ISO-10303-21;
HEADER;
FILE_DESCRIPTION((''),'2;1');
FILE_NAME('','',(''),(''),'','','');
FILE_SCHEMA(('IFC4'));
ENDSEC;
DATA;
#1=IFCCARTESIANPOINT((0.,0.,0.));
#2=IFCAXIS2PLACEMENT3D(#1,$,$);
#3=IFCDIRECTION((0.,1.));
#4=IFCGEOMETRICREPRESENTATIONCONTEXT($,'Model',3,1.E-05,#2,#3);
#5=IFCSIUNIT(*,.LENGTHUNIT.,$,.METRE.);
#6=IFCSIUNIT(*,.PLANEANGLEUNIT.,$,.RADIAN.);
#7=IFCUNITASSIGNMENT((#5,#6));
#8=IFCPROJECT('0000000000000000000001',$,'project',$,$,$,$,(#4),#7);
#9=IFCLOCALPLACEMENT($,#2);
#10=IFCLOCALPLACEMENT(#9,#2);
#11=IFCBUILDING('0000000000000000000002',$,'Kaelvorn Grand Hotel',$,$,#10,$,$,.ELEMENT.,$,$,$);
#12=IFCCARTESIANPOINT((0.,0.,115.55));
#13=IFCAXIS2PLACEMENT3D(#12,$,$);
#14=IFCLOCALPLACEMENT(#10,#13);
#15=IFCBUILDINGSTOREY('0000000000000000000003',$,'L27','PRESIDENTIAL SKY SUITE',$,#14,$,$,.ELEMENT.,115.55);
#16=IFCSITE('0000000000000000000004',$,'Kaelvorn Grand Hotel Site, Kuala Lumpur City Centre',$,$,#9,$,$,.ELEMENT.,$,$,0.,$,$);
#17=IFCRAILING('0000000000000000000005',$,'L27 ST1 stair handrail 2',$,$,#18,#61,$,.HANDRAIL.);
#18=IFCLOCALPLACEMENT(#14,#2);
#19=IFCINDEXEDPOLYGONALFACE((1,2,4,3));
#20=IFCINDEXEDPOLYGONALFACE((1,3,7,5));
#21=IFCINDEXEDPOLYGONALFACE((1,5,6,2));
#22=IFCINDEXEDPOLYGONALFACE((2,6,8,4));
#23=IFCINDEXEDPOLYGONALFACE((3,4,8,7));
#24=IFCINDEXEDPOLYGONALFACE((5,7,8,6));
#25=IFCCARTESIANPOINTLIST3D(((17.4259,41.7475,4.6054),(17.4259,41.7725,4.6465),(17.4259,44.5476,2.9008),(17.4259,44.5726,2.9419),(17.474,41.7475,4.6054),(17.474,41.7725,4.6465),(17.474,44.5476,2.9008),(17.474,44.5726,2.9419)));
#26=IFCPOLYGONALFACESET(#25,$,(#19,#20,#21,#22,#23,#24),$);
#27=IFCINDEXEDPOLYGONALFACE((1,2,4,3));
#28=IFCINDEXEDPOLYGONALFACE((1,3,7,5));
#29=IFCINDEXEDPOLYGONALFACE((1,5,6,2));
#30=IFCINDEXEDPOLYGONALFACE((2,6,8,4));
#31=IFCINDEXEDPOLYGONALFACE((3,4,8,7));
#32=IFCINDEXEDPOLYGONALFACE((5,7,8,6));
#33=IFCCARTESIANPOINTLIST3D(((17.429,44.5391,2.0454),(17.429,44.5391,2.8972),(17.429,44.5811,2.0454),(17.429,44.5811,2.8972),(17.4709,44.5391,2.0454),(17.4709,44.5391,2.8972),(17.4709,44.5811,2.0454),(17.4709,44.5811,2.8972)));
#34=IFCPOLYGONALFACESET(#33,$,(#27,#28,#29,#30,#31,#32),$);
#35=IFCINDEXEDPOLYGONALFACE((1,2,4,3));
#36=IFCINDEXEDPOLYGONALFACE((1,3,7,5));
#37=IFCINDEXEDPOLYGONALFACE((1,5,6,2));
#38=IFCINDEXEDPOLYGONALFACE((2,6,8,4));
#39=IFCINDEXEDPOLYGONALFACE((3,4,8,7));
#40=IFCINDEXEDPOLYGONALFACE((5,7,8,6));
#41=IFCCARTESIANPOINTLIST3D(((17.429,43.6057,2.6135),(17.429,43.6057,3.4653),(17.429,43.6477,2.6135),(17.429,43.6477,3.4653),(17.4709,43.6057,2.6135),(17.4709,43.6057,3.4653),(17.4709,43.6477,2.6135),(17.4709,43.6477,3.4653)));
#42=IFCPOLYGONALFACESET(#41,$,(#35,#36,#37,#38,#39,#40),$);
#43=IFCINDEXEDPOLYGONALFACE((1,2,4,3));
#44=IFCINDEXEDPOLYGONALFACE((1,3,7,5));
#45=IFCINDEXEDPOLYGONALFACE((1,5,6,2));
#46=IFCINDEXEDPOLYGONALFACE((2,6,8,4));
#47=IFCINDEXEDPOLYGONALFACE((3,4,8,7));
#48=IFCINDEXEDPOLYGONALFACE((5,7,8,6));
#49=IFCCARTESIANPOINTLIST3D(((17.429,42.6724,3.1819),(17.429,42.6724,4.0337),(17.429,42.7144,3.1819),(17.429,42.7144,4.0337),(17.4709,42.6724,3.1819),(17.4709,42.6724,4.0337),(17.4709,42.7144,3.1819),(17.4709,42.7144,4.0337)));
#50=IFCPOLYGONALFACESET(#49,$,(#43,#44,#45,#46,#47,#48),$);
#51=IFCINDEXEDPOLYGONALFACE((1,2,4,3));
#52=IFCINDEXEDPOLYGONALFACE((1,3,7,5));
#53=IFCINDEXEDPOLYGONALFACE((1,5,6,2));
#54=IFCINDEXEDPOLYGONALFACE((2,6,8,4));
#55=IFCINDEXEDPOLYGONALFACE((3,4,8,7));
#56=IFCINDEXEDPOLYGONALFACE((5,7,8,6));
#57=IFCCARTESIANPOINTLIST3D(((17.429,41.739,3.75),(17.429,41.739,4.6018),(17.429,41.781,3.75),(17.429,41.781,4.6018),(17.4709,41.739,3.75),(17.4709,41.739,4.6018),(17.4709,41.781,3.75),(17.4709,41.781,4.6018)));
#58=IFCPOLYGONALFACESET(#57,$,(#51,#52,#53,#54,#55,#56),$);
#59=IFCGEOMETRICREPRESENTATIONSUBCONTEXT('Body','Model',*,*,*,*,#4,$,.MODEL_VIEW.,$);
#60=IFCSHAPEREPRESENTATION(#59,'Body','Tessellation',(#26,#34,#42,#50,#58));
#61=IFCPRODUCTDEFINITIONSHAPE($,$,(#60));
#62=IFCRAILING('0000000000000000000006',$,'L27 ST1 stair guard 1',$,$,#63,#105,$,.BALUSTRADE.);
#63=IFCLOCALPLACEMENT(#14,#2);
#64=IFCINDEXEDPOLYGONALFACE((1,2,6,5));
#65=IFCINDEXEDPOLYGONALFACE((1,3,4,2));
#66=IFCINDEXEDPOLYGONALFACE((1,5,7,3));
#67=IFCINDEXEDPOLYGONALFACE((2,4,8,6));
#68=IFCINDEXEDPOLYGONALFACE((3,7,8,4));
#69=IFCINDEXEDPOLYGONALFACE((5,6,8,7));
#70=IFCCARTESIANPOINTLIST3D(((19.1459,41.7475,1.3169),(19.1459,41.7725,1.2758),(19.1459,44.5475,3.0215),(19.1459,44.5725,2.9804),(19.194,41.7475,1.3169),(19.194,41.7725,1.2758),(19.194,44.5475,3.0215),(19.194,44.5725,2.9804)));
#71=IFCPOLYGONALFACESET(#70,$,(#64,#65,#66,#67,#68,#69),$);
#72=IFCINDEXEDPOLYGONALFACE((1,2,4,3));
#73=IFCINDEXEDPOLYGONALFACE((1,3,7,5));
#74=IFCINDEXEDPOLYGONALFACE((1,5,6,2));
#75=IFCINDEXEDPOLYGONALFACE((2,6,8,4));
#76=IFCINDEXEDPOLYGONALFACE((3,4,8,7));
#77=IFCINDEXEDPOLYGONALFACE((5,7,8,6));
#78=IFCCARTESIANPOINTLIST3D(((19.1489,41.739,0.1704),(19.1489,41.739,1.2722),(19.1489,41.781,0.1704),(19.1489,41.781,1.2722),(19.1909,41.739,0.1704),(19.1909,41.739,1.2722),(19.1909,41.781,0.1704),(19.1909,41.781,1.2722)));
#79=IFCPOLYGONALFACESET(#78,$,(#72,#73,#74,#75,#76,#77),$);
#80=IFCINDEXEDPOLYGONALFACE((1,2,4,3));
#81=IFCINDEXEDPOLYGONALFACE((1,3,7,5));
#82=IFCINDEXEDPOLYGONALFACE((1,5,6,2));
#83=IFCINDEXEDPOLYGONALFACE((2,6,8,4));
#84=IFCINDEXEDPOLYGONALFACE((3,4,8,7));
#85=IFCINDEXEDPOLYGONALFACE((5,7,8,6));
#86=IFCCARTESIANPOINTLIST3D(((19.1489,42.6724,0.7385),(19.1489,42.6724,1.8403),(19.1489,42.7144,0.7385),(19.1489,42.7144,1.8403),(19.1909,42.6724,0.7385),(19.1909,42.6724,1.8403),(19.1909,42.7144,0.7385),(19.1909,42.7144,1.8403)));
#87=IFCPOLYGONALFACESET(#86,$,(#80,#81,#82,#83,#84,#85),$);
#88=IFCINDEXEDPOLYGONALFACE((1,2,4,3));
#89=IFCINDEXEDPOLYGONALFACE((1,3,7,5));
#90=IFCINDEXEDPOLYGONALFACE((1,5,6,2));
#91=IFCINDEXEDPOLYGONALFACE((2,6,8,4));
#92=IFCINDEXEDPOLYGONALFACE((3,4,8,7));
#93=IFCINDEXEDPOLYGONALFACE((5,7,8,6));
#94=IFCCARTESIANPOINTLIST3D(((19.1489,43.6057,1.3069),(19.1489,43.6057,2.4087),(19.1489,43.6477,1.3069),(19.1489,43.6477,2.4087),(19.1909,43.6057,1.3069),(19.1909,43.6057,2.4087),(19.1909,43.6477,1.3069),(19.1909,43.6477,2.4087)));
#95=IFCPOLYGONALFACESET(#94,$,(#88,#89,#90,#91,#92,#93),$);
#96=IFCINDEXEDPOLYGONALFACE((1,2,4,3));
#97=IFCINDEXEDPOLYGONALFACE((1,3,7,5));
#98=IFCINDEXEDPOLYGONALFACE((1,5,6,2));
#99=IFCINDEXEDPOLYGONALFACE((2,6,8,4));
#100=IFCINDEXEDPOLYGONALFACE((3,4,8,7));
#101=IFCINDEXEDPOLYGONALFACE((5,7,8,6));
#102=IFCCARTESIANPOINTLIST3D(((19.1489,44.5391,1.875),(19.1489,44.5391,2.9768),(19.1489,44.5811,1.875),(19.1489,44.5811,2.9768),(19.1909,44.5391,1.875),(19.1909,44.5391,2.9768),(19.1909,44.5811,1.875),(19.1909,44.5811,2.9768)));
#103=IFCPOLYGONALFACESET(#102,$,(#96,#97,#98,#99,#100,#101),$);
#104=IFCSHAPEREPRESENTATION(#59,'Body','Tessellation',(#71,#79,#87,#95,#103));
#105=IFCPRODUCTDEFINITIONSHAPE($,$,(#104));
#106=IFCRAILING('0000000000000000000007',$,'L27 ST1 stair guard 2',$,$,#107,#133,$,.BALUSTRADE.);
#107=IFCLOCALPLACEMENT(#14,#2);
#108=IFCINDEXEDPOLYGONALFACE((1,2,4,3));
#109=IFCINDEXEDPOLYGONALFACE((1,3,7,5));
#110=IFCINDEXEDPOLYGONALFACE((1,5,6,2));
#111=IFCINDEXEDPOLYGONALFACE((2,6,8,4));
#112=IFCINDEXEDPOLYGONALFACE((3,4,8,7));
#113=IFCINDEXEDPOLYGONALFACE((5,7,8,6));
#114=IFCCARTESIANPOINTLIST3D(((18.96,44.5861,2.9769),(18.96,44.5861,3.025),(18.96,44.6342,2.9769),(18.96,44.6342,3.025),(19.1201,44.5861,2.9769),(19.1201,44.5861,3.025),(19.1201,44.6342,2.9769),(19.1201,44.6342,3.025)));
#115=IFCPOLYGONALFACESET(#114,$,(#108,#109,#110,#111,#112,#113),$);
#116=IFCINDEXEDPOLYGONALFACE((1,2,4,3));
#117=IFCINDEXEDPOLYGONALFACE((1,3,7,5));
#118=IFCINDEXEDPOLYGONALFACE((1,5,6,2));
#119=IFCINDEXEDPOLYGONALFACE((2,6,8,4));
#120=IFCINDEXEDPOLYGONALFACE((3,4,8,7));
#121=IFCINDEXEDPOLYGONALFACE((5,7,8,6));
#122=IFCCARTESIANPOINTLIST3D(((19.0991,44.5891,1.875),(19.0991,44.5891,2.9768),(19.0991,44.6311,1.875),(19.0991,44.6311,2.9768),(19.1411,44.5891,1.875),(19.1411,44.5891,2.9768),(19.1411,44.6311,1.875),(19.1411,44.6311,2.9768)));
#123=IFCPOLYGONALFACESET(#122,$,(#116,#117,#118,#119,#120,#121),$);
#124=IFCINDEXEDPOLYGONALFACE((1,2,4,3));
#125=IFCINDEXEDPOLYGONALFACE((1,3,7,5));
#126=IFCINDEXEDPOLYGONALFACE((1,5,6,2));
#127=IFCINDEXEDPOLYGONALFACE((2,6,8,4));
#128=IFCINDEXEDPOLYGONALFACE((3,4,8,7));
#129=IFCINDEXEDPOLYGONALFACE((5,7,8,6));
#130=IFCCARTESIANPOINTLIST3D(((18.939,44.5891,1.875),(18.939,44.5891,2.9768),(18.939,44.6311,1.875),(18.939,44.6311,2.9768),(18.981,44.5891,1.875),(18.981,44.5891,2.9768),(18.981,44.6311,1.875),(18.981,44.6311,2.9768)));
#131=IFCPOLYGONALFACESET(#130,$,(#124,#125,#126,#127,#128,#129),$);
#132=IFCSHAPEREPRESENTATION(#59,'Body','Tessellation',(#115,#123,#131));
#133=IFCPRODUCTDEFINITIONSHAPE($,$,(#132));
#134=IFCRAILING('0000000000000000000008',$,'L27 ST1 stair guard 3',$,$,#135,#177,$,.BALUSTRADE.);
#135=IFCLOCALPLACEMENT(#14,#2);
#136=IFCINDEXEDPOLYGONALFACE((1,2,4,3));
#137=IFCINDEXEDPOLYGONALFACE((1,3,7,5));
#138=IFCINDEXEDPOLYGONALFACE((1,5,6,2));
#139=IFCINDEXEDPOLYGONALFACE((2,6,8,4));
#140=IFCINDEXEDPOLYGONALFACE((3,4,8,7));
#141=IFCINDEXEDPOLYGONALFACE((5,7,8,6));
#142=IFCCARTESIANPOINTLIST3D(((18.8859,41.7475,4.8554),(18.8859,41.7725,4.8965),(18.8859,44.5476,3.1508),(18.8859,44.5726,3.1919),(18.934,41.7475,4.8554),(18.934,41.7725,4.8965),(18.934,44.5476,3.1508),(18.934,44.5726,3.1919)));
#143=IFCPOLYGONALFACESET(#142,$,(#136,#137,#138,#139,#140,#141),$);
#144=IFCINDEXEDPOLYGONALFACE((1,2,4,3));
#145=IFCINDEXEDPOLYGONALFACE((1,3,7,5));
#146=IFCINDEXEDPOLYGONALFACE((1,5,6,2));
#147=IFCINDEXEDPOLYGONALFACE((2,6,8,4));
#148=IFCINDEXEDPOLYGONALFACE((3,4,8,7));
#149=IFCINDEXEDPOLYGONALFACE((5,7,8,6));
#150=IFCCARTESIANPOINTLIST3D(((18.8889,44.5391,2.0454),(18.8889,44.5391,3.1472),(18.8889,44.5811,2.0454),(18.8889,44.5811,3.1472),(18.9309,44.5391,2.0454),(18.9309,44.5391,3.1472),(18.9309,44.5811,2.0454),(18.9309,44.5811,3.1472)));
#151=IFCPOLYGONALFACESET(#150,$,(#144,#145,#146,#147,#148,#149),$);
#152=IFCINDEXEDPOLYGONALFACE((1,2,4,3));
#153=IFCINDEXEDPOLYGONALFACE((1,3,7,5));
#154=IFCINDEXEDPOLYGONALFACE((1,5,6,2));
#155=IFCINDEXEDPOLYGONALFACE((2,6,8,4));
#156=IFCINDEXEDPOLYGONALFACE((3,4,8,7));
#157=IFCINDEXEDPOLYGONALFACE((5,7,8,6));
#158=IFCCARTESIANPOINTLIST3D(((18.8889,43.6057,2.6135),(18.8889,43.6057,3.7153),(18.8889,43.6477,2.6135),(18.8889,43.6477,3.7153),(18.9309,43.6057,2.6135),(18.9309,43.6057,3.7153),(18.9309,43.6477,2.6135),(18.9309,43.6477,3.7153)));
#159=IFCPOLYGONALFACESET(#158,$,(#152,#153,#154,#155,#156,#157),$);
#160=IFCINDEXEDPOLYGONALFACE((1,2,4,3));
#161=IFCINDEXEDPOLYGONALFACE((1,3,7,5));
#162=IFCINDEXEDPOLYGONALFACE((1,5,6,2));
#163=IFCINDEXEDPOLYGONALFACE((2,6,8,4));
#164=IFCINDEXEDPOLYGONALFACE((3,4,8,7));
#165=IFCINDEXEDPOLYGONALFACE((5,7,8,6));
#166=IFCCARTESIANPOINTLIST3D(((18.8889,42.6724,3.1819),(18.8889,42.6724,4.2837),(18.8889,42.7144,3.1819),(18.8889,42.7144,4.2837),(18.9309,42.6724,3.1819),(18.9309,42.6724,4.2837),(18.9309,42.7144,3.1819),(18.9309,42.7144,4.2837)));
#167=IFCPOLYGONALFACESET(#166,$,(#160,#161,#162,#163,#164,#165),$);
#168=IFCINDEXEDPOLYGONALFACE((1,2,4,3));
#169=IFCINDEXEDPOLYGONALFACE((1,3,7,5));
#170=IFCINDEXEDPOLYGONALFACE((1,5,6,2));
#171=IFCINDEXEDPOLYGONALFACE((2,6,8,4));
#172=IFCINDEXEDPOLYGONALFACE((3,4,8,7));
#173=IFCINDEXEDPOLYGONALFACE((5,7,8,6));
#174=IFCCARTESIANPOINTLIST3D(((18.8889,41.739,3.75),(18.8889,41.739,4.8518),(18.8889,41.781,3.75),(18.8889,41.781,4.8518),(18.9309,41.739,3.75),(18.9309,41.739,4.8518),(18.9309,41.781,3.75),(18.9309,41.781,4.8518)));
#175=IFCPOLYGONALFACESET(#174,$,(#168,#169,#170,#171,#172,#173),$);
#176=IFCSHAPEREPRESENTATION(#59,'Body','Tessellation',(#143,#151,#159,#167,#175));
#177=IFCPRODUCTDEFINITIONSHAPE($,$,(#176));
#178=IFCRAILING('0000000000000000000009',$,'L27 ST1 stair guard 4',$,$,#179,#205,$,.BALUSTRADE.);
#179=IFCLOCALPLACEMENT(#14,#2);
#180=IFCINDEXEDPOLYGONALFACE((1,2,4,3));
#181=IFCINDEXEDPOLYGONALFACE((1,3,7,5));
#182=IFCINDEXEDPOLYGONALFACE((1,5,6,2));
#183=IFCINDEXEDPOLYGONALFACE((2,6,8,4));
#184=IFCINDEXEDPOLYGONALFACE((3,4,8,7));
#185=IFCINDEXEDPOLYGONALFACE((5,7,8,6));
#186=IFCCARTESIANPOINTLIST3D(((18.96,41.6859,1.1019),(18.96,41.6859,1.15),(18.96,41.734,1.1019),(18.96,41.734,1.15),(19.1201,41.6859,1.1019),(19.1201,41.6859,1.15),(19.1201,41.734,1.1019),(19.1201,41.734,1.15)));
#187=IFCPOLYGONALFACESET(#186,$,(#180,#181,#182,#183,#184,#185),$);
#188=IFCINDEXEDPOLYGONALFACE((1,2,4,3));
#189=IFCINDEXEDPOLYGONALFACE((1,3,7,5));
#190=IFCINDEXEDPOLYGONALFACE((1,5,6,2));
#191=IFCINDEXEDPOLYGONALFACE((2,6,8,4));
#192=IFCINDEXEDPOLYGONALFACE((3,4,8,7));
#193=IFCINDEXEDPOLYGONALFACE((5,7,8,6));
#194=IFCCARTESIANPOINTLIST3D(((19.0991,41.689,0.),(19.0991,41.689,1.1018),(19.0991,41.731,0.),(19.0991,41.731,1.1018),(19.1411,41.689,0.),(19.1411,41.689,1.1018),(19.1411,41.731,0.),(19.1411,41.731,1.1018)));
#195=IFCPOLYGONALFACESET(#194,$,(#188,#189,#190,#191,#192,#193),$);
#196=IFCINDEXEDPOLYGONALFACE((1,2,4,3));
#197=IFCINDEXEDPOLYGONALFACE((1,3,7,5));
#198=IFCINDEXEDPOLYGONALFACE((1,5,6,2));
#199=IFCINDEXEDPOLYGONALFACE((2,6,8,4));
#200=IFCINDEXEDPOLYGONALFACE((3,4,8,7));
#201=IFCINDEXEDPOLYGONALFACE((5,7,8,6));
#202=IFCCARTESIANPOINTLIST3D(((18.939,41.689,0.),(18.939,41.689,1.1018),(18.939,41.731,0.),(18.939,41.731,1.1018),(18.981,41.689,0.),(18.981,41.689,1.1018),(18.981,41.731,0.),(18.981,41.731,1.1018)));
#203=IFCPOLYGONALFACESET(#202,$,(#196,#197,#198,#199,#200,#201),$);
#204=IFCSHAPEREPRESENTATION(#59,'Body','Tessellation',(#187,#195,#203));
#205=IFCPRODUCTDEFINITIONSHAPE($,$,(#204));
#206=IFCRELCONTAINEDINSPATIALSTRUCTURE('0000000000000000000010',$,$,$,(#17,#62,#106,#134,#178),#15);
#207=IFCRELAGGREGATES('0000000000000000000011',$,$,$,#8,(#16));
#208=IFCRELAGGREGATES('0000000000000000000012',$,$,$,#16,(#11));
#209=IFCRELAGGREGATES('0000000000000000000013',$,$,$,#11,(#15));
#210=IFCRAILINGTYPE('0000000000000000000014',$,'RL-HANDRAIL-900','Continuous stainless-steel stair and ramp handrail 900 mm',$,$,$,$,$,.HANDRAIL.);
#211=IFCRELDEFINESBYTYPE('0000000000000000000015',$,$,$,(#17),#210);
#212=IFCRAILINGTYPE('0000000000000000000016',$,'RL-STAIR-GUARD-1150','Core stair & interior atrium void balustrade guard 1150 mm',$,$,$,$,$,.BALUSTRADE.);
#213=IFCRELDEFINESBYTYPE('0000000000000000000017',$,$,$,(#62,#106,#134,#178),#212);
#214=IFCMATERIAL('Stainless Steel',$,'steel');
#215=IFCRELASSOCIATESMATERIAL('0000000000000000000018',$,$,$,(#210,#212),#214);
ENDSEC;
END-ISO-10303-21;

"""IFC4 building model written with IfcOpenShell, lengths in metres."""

from ifc_helpers import new_model, si_unit, direction, frame, origin, origin_2d, place, context, subcontext, project, spatial, rectangle, extrude, material, type_object, element, save


model = new_model("IFC4")

# Units and contexts
model_context = context("Model", 3, precision=1e-05, world=origin(), true_north=direction((0.0, 1.0)))
body_context = subcontext(model_context, "Body", "Model", "MODEL_VIEW")
ifc_project = project(units=[si_unit("LENGTHUNIT", "METRE"), si_unit("PLANEANGLEUNIT", "RADIAN")], contexts=[model_context])

# Site, building, storey
site_placement = place(None, origin())
site = spatial("IfcSite", under=ifc_project, at=site_placement, Name="Kaelvorn Grand Hotel Site, Kuala Lumpur City Centre", CompositionType="ELEMENT", RefElevation=0.0)
building_placement = place(site_placement, origin())
building = spatial("IfcBuilding", under=site, at=building_placement, Name="Kaelvorn Grand Hotel", CompositionType="ELEMENT")
storey_placement = place(building_placement, frame((0.0, 0.0, 115.55)))
storey = spatial("IfcBuildingStorey", under=building, at=storey_placement, Name="L27", Description="PRESIDENTIAL SKY SUITE", CompositionType="ELEMENT", Elevation=115.55)

# Shared definitions
ifc_material_1 = material(Name="Stainless Steel", Category="steel")

# Railings
railing_type_1 = type_object("IfcRailingType", Name="RL-HANDRAIL-900", Description="Continuous stainless-steel stair and ramp handrail 900 mm", PredefinedType="HANDRAIL", material=ifc_material_1)
railing_1_placement = place(storey_placement, frame((17.45, 44.5601, 2.0454)))
element("IfcRailing", 1, at=railing_1_placement, inside=storey, type_object=railing_type_1, Name="L27 ST1 stair handrail 2", PredefinedType="HANDRAIL", context=body_context, shape_type="SweptSolid", body=[
    extrude(rectangle(XDim=0.0481, YDim=0.0481, at=origin_2d()), frame((0.0, 0.0, 0.876), z_axis=(0.0, -0.85417, 0.519994), x_axis=(1.0, 0.0, 0.0)), (0.0, 0.0, 1.0), 3.2781),
    extrude(rectangle(XDim=0.042, YDim=0.042, at=origin_2d()), origin(), (0.0, 0.0, 1.0), 0.8518),
    extrude(rectangle(XDim=0.042, YDim=0.042, at=origin_2d()), frame((0.0, -0.9333, 0.5681)), (0.0, 0.0, 1.0), 0.8518),
    extrude(rectangle(XDim=0.042, YDim=0.042, at=origin_2d()), frame((0.0, -1.8667, 1.1365)), (0.0, 0.0, 1.0), 0.8518),
    extrude(rectangle(XDim=0.042, YDim=0.042, at=origin_2d()), frame((0.0, -2.8, 1.7046)), (0.0, 0.0, 1.0), 0.8518),
])
railing_type_2 = type_object("IfcRailingType", Name="RL-STAIR-GUARD-1150", Description="Core stair & interior atrium void balustrade guard 1150 mm", PredefinedType="BALUSTRADE", material=ifc_material_1)
railing_2_placement = place(storey_placement, frame((19.1699, 41.76, 0.1704)))
element("IfcRailing", 2, at=railing_2_placement, inside=storey, type_object=railing_type_2, Name="L27 ST1 stair guard 1", PredefinedType="BALUSTRADE", context=body_context, shape_type="SweptSolid", body=[
    extrude(rectangle(XDim=0.0481, YDim=0.0481, at=origin_2d()), frame((0.0, 0.0, 1.126), z_axis=(0.0, 0.85417, 0.519994), x_axis=(-1.0, 0.0, 0.0)), (0.0, 0.0, 1.0), 3.2781),
    extrude(rectangle(XDim=0.042, YDim=0.042, at=origin_2d()), origin(), (0.0, 0.0, 1.0), 1.1018),
    extrude(rectangle(XDim=0.042, YDim=0.042, at=origin_2d()), frame((0.0, 0.9333, 0.5681)), (0.0, 0.0, 1.0), 1.1018),
    extrude(rectangle(XDim=0.042, YDim=0.042, at=origin_2d()), frame((0.0, 1.8667, 1.1365)), (0.0, 0.0, 1.0), 1.1018),
    extrude(rectangle(XDim=0.042, YDim=0.042, at=origin_2d()), frame((0.0, 2.8, 1.7046)), (0.0, 0.0, 1.0), 1.1018),
])
railing_3_placement = place(storey_placement, frame((19.1201, 44.6101, 1.875)))
element("IfcRailing", 3, at=railing_3_placement, inside=storey, type_object=railing_type_2, Name="L27 ST1 stair guard 2", PredefinedType="BALUSTRADE", context=body_context, shape_type="SweptSolid", body=[
    extrude(rectangle(XDim=0.0481, YDim=0.0481, at=origin_2d()), frame((0.0, 0.0, 1.126), z_axis=(-1.0, 0.0, 0.0), x_axis=(0.0, -1.0, 0.0)), (0.0, 0.0, 1.0), 0.1602),
    extrude(rectangle(XDim=0.042, YDim=0.042, at=origin_2d()), origin(), (0.0, 0.0, 1.0), 1.1018),
    extrude(rectangle(XDim=0.042, YDim=0.042, at=origin_2d()), frame((-0.1602, 0.0, 0.0)), (0.0, 0.0, 1.0), 1.1018),
])
railing_4_placement = place(storey_placement, frame((18.9099, 44.5601, 2.0454)))
element("IfcRailing", 4, at=railing_4_placement, inside=storey, type_object=railing_type_2, Name="L27 ST1 stair guard 3", PredefinedType="BALUSTRADE", context=body_context, shape_type="SweptSolid", body=[
    extrude(rectangle(XDim=0.0481, YDim=0.0481, at=origin_2d()), frame((0.0, 0.0, 1.126), z_axis=(0.0, -0.85417, 0.519994), x_axis=(1.0, 0.0, 0.0)), (0.0, 0.0, 1.0), 3.2781),
    extrude(rectangle(XDim=0.042, YDim=0.042, at=origin_2d()), origin(), (0.0, 0.0, 1.0), 1.1018),
    extrude(rectangle(XDim=0.042, YDim=0.042, at=origin_2d()), frame((0.0, -0.9333, 0.5681)), (0.0, 0.0, 1.0), 1.1018),
    extrude(rectangle(XDim=0.042, YDim=0.042, at=origin_2d()), frame((0.0, -1.8667, 1.1365)), (0.0, 0.0, 1.0), 1.1018),
    extrude(rectangle(XDim=0.042, YDim=0.042, at=origin_2d()), frame((0.0, -2.8, 1.7046)), (0.0, 0.0, 1.0), 1.1018),
])
railing_5_placement = place(storey_placement, frame((19.1201, 41.71, 0.0)))
element("IfcRailing", 5, at=railing_5_placement, inside=storey, type_object=railing_type_2, Name="L27 ST1 stair guard 4", PredefinedType="BALUSTRADE", context=body_context, shape_type="SweptSolid", body=[
    extrude(rectangle(XDim=0.0481, YDim=0.0481, at=origin_2d()), frame((0.0, 0.0, 1.126), z_axis=(-1.0, 0.0, 0.0), x_axis=(0.0, -1.0, 0.0)), (0.0, 0.0, 1.0), 0.1602),
    extrude(rectangle(XDim=0.042, YDim=0.042, at=origin_2d()), origin(), (0.0, 0.0, 1.0), 1.1018),
    extrude(rectangle(XDim=0.042, YDim=0.042, at=origin_2d()), frame((-0.1602, 0.0, 0.0)), (0.0, 0.0, 1.0), 1.1018),
])

save(model, "model.ifc")
